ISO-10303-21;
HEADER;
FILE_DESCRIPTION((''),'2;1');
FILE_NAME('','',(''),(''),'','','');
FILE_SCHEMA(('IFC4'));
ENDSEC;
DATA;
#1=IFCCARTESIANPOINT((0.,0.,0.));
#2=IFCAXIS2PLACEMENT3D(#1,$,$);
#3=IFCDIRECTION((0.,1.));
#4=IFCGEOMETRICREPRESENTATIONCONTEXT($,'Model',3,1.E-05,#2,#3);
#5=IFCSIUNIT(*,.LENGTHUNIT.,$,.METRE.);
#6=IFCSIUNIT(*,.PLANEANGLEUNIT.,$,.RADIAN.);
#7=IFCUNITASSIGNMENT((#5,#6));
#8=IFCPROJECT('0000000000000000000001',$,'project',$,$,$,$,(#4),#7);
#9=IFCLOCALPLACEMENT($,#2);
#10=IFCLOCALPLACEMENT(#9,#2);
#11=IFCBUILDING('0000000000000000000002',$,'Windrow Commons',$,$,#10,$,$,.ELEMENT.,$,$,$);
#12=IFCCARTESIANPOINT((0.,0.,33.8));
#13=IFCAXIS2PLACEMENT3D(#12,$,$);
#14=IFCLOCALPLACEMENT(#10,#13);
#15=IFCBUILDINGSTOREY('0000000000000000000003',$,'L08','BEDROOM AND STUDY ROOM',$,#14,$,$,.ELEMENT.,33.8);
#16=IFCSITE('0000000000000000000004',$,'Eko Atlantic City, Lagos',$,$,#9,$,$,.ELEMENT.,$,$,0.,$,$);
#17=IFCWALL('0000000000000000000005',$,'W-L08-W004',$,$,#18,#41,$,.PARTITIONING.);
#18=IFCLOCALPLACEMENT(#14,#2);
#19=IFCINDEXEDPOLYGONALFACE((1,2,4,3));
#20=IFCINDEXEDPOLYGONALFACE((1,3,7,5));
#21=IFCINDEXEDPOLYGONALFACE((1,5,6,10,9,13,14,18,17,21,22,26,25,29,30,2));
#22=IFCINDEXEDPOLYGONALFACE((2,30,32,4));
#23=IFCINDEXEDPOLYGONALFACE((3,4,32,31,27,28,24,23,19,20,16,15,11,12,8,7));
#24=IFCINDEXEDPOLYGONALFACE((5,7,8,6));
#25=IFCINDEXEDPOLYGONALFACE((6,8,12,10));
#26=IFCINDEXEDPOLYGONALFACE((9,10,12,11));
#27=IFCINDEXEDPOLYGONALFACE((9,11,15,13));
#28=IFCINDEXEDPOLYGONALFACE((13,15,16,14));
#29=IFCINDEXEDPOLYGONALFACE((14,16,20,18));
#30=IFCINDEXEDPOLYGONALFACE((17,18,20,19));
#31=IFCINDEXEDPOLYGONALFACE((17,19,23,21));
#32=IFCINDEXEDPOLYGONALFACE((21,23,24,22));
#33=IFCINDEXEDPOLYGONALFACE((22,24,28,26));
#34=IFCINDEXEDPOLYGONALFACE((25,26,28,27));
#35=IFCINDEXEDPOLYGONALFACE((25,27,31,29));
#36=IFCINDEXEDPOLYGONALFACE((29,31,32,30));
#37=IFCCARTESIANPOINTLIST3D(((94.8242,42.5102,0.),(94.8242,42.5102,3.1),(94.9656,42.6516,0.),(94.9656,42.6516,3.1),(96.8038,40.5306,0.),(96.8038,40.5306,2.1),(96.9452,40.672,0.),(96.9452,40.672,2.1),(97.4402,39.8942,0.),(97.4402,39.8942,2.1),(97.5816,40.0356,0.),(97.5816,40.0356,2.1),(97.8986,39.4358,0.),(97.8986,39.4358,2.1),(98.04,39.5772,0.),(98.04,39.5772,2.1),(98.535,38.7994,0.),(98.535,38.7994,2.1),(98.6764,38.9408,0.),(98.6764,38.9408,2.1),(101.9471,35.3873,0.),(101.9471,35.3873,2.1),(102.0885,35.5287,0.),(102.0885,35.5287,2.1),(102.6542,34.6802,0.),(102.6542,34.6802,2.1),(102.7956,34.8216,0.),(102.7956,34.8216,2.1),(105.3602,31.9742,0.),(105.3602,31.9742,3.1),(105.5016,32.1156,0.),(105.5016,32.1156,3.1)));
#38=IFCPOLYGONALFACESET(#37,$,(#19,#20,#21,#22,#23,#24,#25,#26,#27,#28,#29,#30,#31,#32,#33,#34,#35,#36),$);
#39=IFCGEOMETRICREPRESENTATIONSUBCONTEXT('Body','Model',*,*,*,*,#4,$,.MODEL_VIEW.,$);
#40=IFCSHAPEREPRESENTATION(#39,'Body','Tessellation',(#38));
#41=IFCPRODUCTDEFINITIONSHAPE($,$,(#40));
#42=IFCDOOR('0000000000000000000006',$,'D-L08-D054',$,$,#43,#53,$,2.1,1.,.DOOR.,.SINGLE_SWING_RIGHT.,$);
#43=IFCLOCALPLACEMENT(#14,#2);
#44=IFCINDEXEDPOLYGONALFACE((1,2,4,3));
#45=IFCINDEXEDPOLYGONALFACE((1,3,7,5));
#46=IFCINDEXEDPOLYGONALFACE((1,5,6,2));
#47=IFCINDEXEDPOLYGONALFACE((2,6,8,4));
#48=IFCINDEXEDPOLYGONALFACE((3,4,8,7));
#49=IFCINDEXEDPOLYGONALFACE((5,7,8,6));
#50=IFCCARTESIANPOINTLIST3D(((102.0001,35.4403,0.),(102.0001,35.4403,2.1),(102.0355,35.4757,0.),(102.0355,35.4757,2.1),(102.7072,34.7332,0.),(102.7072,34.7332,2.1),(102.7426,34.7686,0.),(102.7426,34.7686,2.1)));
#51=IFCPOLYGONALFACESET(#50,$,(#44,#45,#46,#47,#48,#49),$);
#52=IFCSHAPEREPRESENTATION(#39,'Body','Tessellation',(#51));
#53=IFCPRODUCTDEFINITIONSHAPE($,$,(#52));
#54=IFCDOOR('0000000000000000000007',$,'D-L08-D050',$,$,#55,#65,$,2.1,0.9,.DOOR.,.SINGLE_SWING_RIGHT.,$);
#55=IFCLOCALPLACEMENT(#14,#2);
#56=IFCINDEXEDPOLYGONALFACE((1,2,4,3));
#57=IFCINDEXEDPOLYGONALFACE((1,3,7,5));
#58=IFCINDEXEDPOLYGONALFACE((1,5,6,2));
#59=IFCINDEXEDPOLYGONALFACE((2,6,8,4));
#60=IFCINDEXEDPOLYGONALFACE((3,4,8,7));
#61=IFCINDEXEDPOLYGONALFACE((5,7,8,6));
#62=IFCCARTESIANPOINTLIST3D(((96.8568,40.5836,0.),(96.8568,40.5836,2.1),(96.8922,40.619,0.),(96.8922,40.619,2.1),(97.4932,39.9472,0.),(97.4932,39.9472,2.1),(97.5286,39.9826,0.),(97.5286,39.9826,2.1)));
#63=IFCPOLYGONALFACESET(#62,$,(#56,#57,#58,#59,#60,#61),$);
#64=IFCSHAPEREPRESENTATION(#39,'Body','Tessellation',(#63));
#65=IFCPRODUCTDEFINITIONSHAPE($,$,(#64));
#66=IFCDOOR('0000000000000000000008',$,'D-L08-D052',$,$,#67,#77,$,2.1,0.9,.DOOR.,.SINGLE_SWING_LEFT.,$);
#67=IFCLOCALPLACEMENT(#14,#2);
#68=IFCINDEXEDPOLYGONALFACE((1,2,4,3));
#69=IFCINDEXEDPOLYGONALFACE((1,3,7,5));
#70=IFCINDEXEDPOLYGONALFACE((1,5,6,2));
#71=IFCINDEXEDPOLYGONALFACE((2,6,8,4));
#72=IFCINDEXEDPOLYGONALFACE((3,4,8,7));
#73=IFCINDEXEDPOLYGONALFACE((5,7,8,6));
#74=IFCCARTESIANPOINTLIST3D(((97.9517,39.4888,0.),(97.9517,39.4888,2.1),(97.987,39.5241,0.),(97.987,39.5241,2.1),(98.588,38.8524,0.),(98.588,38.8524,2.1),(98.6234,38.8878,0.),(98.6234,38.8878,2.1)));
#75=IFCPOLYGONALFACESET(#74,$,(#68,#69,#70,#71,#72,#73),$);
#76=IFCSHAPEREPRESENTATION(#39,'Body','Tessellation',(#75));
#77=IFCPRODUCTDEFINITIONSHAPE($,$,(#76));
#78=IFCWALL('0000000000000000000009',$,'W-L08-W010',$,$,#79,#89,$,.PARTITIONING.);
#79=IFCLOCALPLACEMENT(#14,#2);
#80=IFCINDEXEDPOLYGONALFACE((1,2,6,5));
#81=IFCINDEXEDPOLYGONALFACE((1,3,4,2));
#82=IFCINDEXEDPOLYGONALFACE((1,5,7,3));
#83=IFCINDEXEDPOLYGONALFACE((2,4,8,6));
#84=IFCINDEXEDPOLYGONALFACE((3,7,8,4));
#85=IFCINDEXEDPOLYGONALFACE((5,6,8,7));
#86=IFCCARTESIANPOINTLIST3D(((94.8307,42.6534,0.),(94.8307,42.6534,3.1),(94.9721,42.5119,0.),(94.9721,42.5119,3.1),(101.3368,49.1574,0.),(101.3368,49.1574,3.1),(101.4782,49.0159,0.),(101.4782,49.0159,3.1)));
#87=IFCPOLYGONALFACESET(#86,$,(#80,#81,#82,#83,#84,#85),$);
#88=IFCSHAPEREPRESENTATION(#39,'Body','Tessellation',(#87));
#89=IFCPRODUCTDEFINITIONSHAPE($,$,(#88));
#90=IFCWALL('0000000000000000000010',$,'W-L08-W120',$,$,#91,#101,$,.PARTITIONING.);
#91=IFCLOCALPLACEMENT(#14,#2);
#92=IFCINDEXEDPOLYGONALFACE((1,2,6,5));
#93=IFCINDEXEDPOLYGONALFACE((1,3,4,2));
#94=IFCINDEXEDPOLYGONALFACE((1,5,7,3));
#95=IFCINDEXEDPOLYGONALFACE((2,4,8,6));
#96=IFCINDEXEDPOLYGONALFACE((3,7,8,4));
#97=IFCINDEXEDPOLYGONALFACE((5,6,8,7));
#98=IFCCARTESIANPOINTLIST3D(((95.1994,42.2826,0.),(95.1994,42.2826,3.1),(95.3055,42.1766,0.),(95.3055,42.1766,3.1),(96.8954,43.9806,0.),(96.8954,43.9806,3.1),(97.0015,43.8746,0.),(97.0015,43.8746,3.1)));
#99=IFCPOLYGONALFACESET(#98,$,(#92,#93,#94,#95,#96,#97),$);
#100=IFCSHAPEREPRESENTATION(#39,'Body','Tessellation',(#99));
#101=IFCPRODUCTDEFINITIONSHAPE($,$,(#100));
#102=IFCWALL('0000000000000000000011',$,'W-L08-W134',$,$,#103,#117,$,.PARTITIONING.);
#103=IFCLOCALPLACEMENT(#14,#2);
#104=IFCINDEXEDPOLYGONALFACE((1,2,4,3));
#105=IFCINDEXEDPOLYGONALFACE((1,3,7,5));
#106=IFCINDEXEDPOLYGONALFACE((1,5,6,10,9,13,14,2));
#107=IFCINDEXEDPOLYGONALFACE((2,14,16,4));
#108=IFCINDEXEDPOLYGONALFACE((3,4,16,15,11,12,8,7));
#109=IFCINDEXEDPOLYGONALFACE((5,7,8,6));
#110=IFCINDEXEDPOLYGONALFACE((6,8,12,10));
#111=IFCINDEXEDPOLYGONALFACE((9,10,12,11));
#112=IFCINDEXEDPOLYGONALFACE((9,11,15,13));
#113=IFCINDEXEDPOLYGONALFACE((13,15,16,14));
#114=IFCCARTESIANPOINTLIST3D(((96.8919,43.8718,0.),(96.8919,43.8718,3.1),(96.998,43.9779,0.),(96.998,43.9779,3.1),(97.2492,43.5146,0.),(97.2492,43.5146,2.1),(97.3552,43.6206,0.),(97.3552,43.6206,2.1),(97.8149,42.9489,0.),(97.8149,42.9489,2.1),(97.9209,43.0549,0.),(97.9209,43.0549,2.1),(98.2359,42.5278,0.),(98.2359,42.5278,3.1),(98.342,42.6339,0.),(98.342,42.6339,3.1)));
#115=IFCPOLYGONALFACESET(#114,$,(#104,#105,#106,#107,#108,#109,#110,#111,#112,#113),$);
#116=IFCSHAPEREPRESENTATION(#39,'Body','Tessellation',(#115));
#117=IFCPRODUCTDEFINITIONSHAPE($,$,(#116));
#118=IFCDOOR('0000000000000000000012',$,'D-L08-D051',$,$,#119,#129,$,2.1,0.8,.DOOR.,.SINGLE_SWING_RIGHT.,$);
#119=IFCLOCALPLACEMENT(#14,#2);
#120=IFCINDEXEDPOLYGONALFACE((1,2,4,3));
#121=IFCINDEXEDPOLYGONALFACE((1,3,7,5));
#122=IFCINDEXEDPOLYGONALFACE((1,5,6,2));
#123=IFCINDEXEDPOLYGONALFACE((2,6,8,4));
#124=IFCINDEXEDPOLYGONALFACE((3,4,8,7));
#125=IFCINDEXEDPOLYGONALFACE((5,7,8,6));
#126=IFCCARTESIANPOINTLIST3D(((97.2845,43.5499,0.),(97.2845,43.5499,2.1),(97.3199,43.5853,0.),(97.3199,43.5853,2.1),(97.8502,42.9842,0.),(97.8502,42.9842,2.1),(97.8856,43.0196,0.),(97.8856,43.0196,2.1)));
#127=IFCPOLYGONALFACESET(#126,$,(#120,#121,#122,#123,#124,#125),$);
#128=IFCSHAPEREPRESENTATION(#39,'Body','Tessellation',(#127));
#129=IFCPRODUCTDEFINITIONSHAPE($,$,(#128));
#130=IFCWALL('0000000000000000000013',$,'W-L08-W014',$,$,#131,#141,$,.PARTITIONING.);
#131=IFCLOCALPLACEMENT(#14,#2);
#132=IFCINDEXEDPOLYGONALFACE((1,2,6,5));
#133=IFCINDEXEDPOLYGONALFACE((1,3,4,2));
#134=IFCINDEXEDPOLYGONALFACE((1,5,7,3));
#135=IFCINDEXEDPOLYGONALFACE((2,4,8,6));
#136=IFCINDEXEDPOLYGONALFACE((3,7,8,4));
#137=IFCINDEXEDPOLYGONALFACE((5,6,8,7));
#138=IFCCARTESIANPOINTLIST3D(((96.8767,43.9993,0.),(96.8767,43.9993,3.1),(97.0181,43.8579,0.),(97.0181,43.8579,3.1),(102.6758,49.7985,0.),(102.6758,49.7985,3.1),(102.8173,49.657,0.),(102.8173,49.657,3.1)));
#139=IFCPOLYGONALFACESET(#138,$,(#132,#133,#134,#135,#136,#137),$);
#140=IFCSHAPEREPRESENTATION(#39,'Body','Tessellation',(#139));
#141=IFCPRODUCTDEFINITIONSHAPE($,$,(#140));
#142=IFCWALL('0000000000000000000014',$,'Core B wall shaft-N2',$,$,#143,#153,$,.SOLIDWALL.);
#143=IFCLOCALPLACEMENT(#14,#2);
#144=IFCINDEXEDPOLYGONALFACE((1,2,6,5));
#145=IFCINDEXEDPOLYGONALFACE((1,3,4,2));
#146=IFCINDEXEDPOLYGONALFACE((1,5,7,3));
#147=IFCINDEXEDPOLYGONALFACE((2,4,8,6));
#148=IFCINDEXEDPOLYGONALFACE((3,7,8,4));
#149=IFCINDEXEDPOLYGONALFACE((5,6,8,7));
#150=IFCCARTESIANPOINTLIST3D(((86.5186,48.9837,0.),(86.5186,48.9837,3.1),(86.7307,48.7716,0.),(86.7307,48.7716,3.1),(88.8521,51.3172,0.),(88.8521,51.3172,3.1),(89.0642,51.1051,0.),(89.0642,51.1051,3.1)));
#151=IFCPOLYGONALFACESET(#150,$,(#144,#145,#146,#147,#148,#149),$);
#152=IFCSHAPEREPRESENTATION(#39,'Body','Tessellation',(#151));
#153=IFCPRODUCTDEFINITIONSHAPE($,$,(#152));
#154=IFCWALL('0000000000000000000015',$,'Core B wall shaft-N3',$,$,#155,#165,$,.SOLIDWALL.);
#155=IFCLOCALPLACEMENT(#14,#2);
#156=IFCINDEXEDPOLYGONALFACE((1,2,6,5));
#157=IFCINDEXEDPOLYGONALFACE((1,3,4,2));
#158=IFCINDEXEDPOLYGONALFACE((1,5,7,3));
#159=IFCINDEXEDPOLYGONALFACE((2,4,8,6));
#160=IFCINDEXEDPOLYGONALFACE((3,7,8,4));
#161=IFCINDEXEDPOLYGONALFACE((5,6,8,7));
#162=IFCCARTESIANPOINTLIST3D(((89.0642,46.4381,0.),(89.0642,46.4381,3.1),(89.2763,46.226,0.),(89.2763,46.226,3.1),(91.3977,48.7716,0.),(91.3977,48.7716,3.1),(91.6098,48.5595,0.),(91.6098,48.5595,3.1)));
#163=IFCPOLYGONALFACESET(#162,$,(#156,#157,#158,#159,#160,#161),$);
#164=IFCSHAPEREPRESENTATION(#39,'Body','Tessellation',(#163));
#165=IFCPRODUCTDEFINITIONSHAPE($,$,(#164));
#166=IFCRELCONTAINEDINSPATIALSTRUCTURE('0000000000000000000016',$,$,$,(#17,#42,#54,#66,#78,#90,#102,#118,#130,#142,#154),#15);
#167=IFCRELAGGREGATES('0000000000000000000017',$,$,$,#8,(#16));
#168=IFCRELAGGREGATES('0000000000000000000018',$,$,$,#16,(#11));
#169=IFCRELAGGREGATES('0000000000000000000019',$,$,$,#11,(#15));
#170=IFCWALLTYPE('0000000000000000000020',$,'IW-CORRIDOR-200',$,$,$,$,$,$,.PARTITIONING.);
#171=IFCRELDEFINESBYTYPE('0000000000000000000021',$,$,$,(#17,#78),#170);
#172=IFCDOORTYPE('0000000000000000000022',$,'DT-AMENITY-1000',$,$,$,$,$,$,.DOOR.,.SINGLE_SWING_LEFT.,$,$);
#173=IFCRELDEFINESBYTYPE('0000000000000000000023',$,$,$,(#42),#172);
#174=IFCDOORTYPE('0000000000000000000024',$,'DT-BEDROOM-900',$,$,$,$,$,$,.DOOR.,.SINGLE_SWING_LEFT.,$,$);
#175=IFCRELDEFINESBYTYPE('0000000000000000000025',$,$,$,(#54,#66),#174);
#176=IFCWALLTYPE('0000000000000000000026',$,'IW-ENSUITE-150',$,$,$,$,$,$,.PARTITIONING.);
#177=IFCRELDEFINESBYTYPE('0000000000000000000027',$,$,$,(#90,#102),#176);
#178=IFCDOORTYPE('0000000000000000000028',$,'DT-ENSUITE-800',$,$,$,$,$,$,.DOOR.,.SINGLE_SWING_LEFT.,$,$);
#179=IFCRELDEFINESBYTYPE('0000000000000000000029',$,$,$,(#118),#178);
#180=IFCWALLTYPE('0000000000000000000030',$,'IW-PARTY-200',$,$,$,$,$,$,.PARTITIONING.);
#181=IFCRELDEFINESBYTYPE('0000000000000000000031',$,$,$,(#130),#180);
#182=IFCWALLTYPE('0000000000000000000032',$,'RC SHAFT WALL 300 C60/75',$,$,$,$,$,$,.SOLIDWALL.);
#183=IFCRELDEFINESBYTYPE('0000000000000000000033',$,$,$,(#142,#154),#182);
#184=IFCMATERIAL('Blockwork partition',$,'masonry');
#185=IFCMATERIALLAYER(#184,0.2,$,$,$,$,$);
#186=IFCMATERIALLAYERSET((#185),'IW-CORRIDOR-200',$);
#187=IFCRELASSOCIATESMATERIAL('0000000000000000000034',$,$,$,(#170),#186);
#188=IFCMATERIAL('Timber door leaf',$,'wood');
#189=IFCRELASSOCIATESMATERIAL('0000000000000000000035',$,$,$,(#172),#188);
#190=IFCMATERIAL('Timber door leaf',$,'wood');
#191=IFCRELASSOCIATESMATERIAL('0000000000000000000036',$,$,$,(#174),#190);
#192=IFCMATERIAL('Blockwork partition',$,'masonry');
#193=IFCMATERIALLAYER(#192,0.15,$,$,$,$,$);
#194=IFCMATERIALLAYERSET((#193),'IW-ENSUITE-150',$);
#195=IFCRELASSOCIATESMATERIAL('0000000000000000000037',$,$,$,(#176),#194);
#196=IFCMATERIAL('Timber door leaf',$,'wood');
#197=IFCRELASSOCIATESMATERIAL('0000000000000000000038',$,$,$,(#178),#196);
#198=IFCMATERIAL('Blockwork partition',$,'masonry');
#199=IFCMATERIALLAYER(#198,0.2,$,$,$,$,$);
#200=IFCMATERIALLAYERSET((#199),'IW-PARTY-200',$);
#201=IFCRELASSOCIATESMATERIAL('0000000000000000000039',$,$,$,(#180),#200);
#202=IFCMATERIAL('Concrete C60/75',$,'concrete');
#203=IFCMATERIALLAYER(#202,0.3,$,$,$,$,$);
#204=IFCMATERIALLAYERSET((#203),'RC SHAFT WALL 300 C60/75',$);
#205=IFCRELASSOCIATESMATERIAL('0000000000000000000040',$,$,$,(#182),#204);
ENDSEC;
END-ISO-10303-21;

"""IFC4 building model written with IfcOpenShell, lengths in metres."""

from ifc_helpers import new_model, si_unit, direction, frame, frame_2d, origin, place, context, subcontext, project, spatial, rectangle, extrude, material, layer, layer_set, type_object, element, fill, save


model = new_model("IFC4")

# Units and contexts
model_context = context("Model", 3, precision=1e-05, world=origin(), true_north=direction((0.0, 1.0)))
body_context = subcontext(model_context, "Body", "Model", "MODEL_VIEW")
ifc_project = project(units=[si_unit("LENGTHUNIT", "METRE"), si_unit("PLANEANGLEUNIT", "RADIAN")], contexts=[model_context])

# Site, building, storey
site_placement = place(None, origin())
site = spatial("IfcSite", under=ifc_project, at=site_placement, Name="Eko Atlantic City, Lagos", CompositionType="ELEMENT", RefElevation=0.0)
building_placement = place(site_placement, origin())
building = spatial("IfcBuilding", under=site, at=building_placement, Name="Windrow Commons", CompositionType="ELEMENT")
storey_placement = place(building_placement, frame((0.0, 0.0, 33.8)))
storey = spatial("IfcBuildingStorey", under=building, at=storey_placement, Name="L08", Description="BEDROOM AND STUDY ROOM", CompositionType="ELEMENT", Elevation=33.8)

# Wall, openings, doors
ifc_material_1 = material(Name="Blockwork partition", Category="masonry")
ifc_layer_1 = layer(ifc_material_1, 0.2)
ifc_layer_set_1 = layer_set([ifc_layer_1], Name="IW-CORRIDOR-200")
wall_type_1 = type_object("IfcWallType", Name="IW-CORRIDOR-200", PredefinedType="PARTITIONING", material=ifc_layer_set_1)
wall_1_placement = place(storey_placement, frame((94.8949, 42.5809, 0.0), z_axis=(0.0, 0.0, 1.0), x_axis=(0.707107, -0.707107, 0.0)))
wall_1 = element("IfcWall", 1, at=wall_1_placement, inside=storey, type_object=wall_type_1, Name="W-L08-W004", PredefinedType="PARTITIONING", context=body_context, shape_type="SweptSolid", body=[
    extrude(rectangle(XDim=14.9002, YDim=0.2, at=frame_2d((7.4501, 0.0))), origin(), (0.0, 0.0, 1.0), 3.1),
])
opening_1_placement = place(wall_1_placement, frame((2.7996, 0.0, 0.0)))
opening_1 = element("IfcOpeningElement", 2, at=opening_1_placement, cuts=wall_1, PredefinedType="OPENING", context=body_context, shape_type="SweptSolid", body=[
    extrude(rectangle(XDim=0.9, YDim=2.1, at=frame_2d((0.45, 1.05))), frame((0.0, 0.11, 0.0), z_axis=(0.0, -1.0, 0.0), x_axis=(1.0, 0.0, 0.0)), (0.0, 0.0, 1.0), 0.22),
])
opening_2_placement = place(wall_1_placement, frame((4.3479, 0.0, 0.0)))
opening_2 = element("IfcOpeningElement", 3, at=opening_2_placement, cuts=wall_1, PredefinedType="OPENING", context=body_context, shape_type="SweptSolid", body=[
    extrude(rectangle(XDim=0.9, YDim=2.1, at=frame_2d((0.45, 1.05))), frame((0.0, 0.11, 0.0), z_axis=(0.0, -1.0, 0.0), x_axis=(1.0, 0.0, 0.0)), (0.0, 0.0, 1.0), 0.22),
])
opening_3_placement = place(wall_1_placement, frame((10.0733, 0.0, 0.0)))
opening_3 = element("IfcOpeningElement", 4, at=opening_3_placement, cuts=wall_1, PredefinedType="OPENING", context=body_context, shape_type="SweptSolid", body=[
    extrude(rectangle(XDim=1.0, YDim=2.1, at=frame_2d((0.5, 1.05))), frame((0.0, 0.11, 0.0), z_axis=(0.0, -1.0, 0.0), x_axis=(1.0, 0.0, 0.0)), (0.0, 0.0, 1.0), 0.22),
])
ifc_material_2 = material(Name="Timber door leaf", Category="wood")
door_type_1 = type_object("IfcDoorType", Name="DT-AMENITY-1000", OperationType="SINGLE_SWING_LEFT", PredefinedType="DOOR", material=ifc_material_2)
door_1_placement = place(opening_3_placement, origin())
door_1 = element("IfcDoor", 5, at=door_1_placement, inside=storey, type_object=door_type_1, Name="D-L08-D054", OperationType="SINGLE_SWING_RIGHT", OverallHeight=2.1, OverallWidth=1.0, PredefinedType="DOOR", context=body_context, shape_type="SweptSolid", body=[
    extrude(rectangle(XDim=1.0, YDim=2.1, at=frame_2d((0.5, 1.05))), frame((0.0, 0.025, 0.0), z_axis=(0.0, -1.0, 0.0), x_axis=(1.0, 0.0, 0.0)), (0.0, 0.0, 1.0), 0.05),
])
fill(opening_3, door_1)
ifc_material_3 = material(Name="Timber door leaf", Category="wood")
door_type_2 = type_object("IfcDoorType", Name="DT-BEDROOM-900", OperationType="SINGLE_SWING_LEFT", PredefinedType="DOOR", material=ifc_material_3)
door_2_placement = place(opening_1_placement, origin())
door_2 = element("IfcDoor", 6, at=door_2_placement, inside=storey, type_object=door_type_2, Name="D-L08-D050", OperationType="SINGLE_SWING_RIGHT", OverallHeight=2.1, OverallWidth=0.9, PredefinedType="DOOR", context=body_context, shape_type="SweptSolid", body=[
    extrude(rectangle(XDim=0.9, YDim=2.1, at=frame_2d((0.45, 1.05))), frame((0.0, 0.025, 0.0), z_axis=(0.0, -1.0, 0.0), x_axis=(1.0, 0.0, 0.0)), (0.0, 0.0, 1.0), 0.05),
])
fill(opening_1, door_2)
door_3_placement = place(opening_2_placement, origin())
door_3 = element("IfcDoor", 7, at=door_3_placement, inside=storey, type_object=door_type_2, Name="D-L08-D052", OperationType="SINGLE_SWING_LEFT", OverallHeight=2.1, OverallWidth=0.9, PredefinedType="DOOR", context=body_context, shape_type="SweptSolid", body=[
    extrude(rectangle(XDim=0.9, YDim=2.1, at=frame_2d((0.45, 1.05))), frame((0.0, 0.025, 0.0), z_axis=(0.0, -1.0, 0.0), x_axis=(1.0, 0.0, 0.0)), (0.0, 0.0, 1.0), 0.05),
])
fill(opening_2, door_3)

# Walls
wall_2_placement = place(storey_placement, frame((94.9014, 42.5826, 0.0), z_axis=(0.0, 0.0, 1.0), x_axis=(0.707215, 0.706998, 0.0)))
element("IfcWall", 8, at=wall_2_placement, inside=storey, type_object=wall_type_1, Name="W-L08-W010", PredefinedType="PARTITIONING", context=body_context, shape_type="SweptSolid", body=[
    extrude(rectangle(XDim=9.1995, YDim=0.2, at=frame_2d((4.5998, 0.0))), origin(), (0.0, 0.0, 1.0), 3.1),
])
ifc_material_4 = material(Name="Blockwork partition", Category="masonry")
ifc_layer_2 = layer(ifc_material_4, 0.15)
ifc_layer_set_2 = layer_set([ifc_layer_2], Name="IW-ENSUITE-150")
wall_type_2 = type_object("IfcWallType", Name="IW-ENSUITE-150", PredefinedType="PARTITIONING", material=ifc_layer_set_2)
wall_3_placement = place(storey_placement, frame((95.2524, 42.2296, 0.0), z_axis=(0.0, 0.0, 1.0), x_axis=(0.70669, 0.707523, 0.0)))
element("IfcWall", 9, at=wall_3_placement, inside=storey, type_object=wall_type_2, Name="W-L08-W120", PredefinedType="PARTITIONING", context=body_context, shape_type="SweptSolid", body=[
    extrude(rectangle(XDim=2.3999, YDim=0.15, at=frame_2d((1.2, 0.0))), origin(), (0.0, 0.0, 1.0), 3.1),
])

# Wall, opening, door
wall_4_placement = place(storey_placement, frame((96.9449, 43.9249, 0.0), z_axis=(0.0, 0.0, 1.0), x_axis=(0.707107, -0.707107, 0.0)))
wall_4 = element("IfcWall", 10, at=wall_4_placement, inside=storey, type_object=wall_type_2, Name="W-L08-W134", PredefinedType="PARTITIONING", context=body_context, shape_type="SweptSolid", body=[
    extrude(rectangle(XDim=1.9007, YDim=0.15, at=frame_2d((0.9504, 0.0))), origin(), (0.0, 0.0, 1.0), 3.1),
])
opening_4_placement = place(wall_4_placement, frame((0.5053, 0.0, 0.0)))
opening_4 = element("IfcOpeningElement", 11, at=opening_4_placement, cuts=wall_4, PredefinedType="OPENING", context=body_context, shape_type="SweptSolid", body=[
    extrude(rectangle(XDim=0.8, YDim=2.1, at=frame_2d((0.4, 1.05))), frame((0.0, 0.085, 0.0), z_axis=(0.0, -1.0, 0.0), x_axis=(1.0, 0.0, 0.0)), (0.0, 0.0, 1.0), 0.17),
])
ifc_material_5 = material(Name="Timber door leaf", Category="wood")
door_type_3 = type_object("IfcDoorType", Name="DT-ENSUITE-800", OperationType="SINGLE_SWING_LEFT", PredefinedType="DOOR", material=ifc_material_5)
door_4_placement = place(opening_4_placement, origin())
door_4 = element("IfcDoor", 12, at=door_4_placement, inside=storey, type_object=door_type_3, Name="D-L08-D051", OperationType="SINGLE_SWING_RIGHT", OverallHeight=2.1, OverallWidth=0.8, PredefinedType="DOOR", context=body_context, shape_type="SweptSolid", body=[
    extrude(rectangle(XDim=0.8, YDim=2.1, at=frame_2d((0.4, 1.05))), frame((0.0, 0.025, 0.0), z_axis=(0.0, -1.0, 0.0), x_axis=(1.0, 0.0, 0.0)), (0.0, 0.0, 1.0), 0.05),
])
fill(opening_4, door_4)

# Walls
ifc_material_6 = material(Name="Blockwork partition", Category="masonry")
ifc_layer_3 = layer(ifc_material_6, 0.2)
ifc_layer_set_3 = layer_set([ifc_layer_3], Name="IW-PARTY-200")
wall_type_3 = type_object("IfcWallType", Name="IW-PARTY-200", PredefinedType="PARTITIONING", material=ifc_layer_set_3)
wall_5_placement = place(storey_placement, frame((96.9474, 43.9286, 0.0), z_axis=(0.0, 0.0, 1.0), x_axis=(0.707107, 0.707107, 0.0)))
element("IfcWall", 13, at=wall_5_placement, inside=storey, type_object=wall_type_3, Name="W-L08-W014", PredefinedType="PARTITIONING", context=body_context, shape_type="SweptSolid", body=[
    extrude(rectangle(XDim=8.2013, YDim=0.2, at=frame_2d((4.1006, 0.0))), origin(), (0.0, 0.0, 1.0), 3.1),
])
ifc_material_7 = material(Name="Concrete C60/75", Category="concrete")
ifc_layer_4 = layer(ifc_material_7, 0.3)
ifc_layer_set_4 = layer_set([ifc_layer_4], Name="RC SHAFT WALL 300 C60/75")
wall_type_4 = type_object("IfcWallType", Name="RC SHAFT WALL 300 C60/75", PredefinedType="SOLIDWALL", material=ifc_layer_set_4)
for number, where, z_axis, x_axis, name in (
    (14, (86.6246, 48.8776, 0.0), (0.0, 0.0, 1.0), (0.707107, 0.707107, 0.0), "Core B wall shaft-N2"),
    (15, (89.1702, 46.332, 0.0), (0.0, 0.0, 1.0), (0.707107, 0.707107, 0.0), "Core B wall shaft-N3"),
):
    element("IfcWall", number, at=place(storey_placement, frame(where, z_axis=z_axis, x_axis=x_axis)), inside=storey, type_object=wall_type_4, Name=name, PredefinedType="SOLIDWALL", context=body_context, shape_type="SweptSolid", body=[
        extrude(rectangle(XDim=3.3001, YDim=0.3, at=frame_2d((1.6501, 0.0))), origin(), (0.0, 0.0, 1.0), 3.1),
    ])

save(model, "model.ifc")
